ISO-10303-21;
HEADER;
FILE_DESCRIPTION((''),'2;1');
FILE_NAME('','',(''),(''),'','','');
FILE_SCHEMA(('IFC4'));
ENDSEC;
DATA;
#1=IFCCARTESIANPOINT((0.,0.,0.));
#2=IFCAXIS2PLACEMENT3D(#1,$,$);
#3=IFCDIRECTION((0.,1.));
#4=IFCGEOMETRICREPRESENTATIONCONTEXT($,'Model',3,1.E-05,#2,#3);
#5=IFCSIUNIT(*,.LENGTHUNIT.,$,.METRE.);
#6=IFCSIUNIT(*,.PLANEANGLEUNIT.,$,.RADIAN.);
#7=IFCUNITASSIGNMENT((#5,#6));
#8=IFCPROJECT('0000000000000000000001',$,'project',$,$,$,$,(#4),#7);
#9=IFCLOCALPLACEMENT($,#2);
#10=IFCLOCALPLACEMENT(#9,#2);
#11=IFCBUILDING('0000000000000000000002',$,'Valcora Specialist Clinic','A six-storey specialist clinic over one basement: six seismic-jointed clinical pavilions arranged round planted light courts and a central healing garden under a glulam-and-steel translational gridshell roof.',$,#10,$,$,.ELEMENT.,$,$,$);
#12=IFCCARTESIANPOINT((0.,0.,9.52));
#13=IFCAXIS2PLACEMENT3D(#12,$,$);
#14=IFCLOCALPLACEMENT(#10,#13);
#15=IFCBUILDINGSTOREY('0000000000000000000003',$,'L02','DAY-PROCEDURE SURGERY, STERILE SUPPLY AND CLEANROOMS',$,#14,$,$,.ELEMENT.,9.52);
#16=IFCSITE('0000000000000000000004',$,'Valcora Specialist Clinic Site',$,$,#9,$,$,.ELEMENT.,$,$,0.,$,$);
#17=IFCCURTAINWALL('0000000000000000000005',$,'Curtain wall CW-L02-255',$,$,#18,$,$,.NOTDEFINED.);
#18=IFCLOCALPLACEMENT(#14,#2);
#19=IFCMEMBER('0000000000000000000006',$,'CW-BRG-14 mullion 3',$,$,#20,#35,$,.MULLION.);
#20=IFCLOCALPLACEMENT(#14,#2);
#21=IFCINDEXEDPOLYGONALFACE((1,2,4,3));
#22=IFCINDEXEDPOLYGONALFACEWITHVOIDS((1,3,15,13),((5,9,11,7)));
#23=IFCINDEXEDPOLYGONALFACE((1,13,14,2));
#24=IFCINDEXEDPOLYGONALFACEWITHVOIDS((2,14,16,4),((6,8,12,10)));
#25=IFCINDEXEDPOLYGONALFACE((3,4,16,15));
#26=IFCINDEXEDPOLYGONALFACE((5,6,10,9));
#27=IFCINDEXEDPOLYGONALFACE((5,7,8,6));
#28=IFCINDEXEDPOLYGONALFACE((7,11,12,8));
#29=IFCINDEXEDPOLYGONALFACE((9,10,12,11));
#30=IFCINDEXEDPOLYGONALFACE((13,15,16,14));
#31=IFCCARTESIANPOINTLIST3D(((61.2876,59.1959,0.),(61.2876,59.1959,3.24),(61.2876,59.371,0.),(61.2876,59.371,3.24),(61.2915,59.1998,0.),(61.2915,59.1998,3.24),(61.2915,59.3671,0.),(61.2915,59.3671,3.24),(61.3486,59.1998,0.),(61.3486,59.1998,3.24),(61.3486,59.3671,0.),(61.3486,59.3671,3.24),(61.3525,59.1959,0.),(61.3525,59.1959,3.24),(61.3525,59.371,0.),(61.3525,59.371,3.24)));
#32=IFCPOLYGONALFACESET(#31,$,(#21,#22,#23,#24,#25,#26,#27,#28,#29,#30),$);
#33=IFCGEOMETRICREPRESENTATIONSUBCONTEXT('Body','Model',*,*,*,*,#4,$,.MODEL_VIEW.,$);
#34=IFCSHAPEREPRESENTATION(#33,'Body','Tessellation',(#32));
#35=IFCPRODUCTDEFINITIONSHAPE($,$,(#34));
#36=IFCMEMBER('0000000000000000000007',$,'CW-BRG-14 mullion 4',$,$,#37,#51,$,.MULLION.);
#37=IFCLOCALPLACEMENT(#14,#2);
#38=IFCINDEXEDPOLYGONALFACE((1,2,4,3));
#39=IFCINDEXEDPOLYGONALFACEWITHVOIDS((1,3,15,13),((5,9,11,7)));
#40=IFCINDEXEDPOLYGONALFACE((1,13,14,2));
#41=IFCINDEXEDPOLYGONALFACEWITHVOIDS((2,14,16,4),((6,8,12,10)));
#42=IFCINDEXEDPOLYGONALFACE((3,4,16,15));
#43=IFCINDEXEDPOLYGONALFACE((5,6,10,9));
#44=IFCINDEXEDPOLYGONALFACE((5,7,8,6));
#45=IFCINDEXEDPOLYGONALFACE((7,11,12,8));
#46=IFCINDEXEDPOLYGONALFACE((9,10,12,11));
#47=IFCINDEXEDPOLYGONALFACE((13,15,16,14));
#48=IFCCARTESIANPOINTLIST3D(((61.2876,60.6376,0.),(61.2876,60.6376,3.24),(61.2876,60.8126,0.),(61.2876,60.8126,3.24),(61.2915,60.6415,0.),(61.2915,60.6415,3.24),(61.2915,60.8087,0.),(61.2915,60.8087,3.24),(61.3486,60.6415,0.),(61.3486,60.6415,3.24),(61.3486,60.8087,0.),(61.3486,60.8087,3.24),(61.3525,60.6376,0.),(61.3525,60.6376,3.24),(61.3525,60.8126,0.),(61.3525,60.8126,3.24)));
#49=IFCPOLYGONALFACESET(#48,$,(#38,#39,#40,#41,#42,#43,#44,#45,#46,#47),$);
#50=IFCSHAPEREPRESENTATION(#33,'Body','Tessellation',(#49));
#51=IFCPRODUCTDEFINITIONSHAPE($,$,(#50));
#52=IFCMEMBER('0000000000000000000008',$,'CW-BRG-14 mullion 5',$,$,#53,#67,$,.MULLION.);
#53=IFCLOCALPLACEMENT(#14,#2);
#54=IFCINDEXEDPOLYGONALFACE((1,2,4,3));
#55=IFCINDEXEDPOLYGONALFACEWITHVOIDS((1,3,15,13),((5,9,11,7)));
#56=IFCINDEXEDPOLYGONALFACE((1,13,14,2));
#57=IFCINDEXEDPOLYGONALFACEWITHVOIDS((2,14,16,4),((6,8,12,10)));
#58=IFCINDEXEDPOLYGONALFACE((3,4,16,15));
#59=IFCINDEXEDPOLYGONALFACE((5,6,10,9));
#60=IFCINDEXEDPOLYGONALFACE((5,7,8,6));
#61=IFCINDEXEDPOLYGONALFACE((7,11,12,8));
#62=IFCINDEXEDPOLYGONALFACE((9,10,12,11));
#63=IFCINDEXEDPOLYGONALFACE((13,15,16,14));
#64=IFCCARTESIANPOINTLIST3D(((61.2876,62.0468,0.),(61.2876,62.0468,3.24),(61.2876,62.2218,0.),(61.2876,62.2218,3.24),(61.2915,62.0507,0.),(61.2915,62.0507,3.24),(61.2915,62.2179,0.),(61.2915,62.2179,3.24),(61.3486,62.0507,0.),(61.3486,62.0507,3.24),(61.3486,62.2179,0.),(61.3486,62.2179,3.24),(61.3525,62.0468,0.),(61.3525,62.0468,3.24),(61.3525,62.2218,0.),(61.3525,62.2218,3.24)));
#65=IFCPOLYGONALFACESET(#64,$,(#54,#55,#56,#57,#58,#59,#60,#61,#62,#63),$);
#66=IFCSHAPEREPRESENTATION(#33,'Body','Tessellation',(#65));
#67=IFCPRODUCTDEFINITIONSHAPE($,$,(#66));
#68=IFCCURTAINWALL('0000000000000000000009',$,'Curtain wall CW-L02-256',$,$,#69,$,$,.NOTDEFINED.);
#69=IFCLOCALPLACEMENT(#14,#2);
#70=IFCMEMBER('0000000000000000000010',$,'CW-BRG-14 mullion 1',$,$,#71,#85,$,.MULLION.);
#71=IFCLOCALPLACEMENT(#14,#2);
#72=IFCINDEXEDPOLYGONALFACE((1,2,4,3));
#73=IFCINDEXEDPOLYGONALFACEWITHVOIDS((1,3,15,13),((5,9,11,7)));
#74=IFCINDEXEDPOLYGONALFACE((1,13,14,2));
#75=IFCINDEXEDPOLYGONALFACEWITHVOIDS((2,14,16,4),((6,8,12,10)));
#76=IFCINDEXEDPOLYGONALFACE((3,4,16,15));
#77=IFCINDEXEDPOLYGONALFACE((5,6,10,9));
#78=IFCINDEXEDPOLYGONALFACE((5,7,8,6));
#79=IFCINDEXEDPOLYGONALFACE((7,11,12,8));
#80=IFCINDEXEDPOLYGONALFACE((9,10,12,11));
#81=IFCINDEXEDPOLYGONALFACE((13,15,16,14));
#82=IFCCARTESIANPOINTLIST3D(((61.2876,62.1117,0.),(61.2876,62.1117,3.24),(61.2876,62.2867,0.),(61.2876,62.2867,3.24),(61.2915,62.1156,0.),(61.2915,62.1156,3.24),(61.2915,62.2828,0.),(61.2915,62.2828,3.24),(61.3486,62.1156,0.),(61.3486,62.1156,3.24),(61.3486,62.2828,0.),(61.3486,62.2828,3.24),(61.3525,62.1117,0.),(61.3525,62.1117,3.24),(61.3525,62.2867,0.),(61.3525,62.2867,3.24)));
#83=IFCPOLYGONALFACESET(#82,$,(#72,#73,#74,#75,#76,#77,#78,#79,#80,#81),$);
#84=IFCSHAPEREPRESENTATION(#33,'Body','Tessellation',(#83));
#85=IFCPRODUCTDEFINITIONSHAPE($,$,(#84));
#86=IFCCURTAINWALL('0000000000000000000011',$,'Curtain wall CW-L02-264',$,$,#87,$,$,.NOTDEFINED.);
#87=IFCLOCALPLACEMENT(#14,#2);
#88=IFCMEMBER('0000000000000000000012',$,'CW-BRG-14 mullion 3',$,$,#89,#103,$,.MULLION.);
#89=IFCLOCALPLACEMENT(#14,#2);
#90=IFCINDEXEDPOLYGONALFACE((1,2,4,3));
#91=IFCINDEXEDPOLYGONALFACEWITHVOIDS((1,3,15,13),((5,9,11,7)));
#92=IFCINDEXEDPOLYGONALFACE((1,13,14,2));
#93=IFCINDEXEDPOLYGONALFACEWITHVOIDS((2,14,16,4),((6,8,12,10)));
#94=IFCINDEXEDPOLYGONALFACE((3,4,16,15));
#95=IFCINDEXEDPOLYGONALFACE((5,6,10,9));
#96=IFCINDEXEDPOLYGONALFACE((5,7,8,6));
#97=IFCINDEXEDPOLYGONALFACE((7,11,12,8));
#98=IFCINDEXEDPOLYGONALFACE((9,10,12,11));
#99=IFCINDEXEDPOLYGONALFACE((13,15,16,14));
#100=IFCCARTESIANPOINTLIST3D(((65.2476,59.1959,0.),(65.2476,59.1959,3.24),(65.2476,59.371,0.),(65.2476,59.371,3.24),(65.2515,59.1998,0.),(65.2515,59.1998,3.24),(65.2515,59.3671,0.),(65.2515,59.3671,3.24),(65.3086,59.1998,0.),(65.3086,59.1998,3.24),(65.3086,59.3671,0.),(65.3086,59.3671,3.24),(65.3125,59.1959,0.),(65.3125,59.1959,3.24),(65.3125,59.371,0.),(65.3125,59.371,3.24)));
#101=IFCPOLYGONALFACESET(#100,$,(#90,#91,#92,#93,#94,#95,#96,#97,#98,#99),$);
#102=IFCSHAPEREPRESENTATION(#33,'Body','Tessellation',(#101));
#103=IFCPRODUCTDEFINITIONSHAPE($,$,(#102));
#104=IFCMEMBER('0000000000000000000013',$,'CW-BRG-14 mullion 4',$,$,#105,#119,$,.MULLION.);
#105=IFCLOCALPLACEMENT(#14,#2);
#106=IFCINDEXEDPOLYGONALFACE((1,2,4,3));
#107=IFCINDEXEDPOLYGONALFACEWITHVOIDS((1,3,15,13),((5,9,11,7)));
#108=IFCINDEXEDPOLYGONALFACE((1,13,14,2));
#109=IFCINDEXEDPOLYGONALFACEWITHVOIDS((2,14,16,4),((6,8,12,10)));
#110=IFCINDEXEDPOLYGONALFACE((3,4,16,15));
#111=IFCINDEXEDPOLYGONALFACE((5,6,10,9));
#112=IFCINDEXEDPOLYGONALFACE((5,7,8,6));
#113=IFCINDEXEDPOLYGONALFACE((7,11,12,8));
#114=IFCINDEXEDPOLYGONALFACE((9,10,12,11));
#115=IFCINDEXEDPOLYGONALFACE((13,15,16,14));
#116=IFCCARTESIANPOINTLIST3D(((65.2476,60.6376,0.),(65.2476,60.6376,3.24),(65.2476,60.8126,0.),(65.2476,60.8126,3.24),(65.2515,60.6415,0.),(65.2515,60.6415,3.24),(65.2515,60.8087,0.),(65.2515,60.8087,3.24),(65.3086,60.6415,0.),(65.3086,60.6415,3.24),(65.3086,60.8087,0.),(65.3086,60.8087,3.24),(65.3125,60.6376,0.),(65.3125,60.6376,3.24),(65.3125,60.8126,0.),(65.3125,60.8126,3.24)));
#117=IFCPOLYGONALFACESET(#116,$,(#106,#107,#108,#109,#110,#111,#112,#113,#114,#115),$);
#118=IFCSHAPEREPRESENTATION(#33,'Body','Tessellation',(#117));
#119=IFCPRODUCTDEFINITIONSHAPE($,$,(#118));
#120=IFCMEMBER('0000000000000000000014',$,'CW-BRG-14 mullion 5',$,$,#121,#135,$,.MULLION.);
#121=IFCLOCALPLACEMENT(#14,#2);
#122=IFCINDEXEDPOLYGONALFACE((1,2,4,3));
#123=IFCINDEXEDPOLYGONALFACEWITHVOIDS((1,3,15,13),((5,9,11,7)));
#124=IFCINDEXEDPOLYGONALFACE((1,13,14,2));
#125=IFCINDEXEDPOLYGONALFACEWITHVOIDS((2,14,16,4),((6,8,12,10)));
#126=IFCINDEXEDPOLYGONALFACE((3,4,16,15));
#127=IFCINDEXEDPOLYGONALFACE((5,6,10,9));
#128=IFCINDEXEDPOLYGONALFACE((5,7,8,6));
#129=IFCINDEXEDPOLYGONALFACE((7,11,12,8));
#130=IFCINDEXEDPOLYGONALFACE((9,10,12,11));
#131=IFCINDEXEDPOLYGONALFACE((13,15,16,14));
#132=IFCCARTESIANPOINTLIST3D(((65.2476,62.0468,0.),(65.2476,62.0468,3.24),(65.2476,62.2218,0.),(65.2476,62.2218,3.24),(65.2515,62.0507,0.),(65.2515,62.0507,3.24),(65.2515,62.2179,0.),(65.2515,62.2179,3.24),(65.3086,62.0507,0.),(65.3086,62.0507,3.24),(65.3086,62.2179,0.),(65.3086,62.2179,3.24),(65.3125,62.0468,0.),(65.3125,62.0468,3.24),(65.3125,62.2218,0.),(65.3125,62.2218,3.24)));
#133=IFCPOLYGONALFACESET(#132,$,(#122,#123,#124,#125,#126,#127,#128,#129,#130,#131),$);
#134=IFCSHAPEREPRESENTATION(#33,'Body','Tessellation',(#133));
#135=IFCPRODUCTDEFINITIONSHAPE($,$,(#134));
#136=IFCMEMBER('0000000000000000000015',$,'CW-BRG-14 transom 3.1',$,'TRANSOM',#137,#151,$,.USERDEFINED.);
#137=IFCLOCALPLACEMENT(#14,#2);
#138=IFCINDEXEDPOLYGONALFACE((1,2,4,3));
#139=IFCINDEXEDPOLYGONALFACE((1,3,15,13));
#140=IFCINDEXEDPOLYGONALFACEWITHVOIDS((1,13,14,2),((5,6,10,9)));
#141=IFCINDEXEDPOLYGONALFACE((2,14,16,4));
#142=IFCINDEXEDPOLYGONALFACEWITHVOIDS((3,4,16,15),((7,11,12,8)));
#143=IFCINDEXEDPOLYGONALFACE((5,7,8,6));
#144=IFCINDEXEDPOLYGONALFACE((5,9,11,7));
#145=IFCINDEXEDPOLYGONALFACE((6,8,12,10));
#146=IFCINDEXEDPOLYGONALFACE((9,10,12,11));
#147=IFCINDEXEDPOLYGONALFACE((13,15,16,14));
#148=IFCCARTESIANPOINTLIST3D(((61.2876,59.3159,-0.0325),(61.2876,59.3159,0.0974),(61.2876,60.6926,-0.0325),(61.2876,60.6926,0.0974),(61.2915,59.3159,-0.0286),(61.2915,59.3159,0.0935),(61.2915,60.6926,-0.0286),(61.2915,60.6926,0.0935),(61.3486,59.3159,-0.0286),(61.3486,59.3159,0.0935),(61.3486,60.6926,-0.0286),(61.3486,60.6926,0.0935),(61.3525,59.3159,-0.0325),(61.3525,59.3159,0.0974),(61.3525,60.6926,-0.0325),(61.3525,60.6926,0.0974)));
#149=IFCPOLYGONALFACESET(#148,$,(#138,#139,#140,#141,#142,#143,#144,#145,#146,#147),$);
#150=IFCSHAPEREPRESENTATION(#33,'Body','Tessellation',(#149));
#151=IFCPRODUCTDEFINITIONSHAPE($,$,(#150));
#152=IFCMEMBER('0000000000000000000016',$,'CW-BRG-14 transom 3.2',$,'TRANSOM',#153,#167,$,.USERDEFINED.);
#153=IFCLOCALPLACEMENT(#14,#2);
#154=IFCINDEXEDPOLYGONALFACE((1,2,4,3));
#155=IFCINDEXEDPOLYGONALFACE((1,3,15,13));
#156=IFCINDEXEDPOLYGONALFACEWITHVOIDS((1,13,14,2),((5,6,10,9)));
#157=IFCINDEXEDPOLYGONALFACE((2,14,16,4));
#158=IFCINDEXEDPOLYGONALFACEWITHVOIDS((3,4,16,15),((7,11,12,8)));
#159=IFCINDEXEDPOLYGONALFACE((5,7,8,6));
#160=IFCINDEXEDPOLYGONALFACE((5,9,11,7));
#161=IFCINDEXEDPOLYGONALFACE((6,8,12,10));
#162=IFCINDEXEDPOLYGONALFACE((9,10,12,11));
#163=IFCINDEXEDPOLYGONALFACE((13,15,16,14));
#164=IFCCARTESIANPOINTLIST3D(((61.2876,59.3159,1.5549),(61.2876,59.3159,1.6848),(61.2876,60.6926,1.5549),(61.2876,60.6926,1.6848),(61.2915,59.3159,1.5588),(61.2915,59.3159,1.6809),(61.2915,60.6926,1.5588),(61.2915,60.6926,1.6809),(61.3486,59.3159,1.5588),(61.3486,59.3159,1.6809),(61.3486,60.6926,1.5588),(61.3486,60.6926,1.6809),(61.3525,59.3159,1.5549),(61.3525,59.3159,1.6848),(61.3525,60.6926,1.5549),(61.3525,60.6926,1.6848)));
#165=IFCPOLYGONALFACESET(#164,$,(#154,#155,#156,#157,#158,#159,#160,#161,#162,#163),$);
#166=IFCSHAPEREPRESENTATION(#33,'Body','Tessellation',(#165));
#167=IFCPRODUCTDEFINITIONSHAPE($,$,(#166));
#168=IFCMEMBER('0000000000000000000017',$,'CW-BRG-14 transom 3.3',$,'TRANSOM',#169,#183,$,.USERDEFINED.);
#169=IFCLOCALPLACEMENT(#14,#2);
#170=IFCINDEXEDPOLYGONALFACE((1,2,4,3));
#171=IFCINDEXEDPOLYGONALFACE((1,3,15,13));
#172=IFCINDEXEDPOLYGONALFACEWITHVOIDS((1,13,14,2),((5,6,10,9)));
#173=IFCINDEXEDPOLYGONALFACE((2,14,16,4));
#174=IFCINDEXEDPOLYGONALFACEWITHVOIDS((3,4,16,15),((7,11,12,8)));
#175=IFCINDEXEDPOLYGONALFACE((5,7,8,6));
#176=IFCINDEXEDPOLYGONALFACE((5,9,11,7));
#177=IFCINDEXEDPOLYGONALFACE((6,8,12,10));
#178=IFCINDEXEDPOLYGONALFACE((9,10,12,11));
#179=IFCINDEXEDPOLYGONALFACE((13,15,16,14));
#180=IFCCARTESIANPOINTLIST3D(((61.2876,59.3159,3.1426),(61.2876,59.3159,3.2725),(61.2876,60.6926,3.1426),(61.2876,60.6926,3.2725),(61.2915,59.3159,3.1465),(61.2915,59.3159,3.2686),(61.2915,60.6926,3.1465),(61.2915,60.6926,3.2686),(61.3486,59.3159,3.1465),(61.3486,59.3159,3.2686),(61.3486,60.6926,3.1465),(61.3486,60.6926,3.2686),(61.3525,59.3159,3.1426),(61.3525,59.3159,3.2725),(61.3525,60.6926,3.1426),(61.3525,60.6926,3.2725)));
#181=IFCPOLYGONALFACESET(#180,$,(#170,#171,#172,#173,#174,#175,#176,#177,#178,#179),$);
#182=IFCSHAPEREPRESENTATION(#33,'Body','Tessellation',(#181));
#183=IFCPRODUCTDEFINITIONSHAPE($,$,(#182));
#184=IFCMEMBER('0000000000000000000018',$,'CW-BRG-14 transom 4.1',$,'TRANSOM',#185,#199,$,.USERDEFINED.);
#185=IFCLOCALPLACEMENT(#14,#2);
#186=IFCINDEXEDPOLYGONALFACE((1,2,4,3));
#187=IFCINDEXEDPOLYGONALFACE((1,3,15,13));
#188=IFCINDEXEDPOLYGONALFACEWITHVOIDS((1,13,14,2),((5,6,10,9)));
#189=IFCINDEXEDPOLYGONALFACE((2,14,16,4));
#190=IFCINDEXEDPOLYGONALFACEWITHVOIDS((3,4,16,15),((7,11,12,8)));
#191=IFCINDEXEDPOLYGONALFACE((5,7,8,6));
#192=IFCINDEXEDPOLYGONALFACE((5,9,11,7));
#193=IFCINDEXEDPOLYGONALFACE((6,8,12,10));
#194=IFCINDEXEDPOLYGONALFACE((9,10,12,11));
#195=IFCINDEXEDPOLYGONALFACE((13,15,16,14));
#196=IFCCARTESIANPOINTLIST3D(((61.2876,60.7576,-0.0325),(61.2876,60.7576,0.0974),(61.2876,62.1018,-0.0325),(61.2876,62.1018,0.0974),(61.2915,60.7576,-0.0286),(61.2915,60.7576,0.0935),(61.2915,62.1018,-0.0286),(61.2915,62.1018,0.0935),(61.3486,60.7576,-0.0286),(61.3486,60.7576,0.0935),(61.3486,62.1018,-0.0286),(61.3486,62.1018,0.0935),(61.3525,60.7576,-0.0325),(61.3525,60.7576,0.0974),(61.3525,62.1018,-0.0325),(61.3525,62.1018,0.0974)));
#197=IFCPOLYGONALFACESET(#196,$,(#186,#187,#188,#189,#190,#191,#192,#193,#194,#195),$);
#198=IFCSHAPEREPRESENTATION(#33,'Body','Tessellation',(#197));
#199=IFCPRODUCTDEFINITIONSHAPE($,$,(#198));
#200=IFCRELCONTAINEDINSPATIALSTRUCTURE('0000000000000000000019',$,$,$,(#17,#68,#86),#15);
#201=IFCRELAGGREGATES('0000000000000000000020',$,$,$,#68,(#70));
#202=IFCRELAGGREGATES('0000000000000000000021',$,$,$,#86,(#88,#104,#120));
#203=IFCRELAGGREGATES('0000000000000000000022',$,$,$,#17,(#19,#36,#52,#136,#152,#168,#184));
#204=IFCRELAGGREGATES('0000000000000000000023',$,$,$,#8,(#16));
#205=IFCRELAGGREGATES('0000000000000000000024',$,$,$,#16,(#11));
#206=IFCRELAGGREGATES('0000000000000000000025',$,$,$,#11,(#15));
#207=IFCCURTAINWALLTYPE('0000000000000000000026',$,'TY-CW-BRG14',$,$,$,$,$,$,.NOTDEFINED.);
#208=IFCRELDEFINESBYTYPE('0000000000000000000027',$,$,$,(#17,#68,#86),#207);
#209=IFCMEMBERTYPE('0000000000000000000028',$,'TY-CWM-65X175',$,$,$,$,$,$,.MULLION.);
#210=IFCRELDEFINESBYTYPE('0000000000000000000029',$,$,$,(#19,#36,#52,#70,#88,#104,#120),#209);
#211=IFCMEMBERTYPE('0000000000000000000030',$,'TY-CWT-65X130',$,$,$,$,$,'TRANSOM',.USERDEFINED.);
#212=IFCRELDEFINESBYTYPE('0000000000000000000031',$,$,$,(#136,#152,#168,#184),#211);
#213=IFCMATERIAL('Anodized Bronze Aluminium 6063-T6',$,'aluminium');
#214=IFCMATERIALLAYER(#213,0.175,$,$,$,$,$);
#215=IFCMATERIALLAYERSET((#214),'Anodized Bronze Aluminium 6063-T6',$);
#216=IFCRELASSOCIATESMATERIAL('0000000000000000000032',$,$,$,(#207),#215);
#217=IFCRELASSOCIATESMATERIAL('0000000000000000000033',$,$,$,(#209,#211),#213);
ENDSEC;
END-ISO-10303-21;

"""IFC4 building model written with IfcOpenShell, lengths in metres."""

from ifc_helpers import new_model, si_unit, direction, frame, origin, origin_2d, place, context, subcontext, project, spatial, hollow_rectangle, extrude, material, layer, layer_set, material_profile, profile_set, type_object, element, aggregate, save


model = new_model("IFC4")

# Units and contexts
model_context = context("Model", 3, precision=1e-05, world=origin(), true_north=direction((0.0, 1.0)))
body_context = subcontext(model_context, "Body", "Model", "MODEL_VIEW")
ifc_project = project(units=[si_unit("LENGTHUNIT", "METRE"), si_unit("PLANEANGLEUNIT", "RADIAN")], contexts=[model_context])

# Site, building, storey
site_placement = place(None, origin())
site = spatial("IfcSite", under=ifc_project, at=site_placement, Name="Valcora Specialist Clinic Site", CompositionType="ELEMENT", RefElevation=0.0)
building_placement = place(site_placement, origin())
building = spatial("IfcBuilding", under=site, at=building_placement, Name="Valcora Specialist Clinic", Description="A six-storey specialist clinic over one basement: six seismic-jointed clinical pavilions arranged round planted light courts and a central healing garden under a glulam-and-steel translational gridshell roof.", CompositionType="ELEMENT")
storey_placement = place(building_placement, frame((0.0, 0.0, 9.52)))
storey = spatial("IfcBuildingStorey", under=building, at=storey_placement, Name="L02", Description="DAY-PROCEDURE SURGERY, STERILE SUPPLY AND CLEANROOMS", CompositionType="ELEMENT", Elevation=9.52)

# Curtain wall, members
ifc_material_1 = material(Name="Anodized Bronze Aluminium 6063-T6", Category="aluminium")
ifc_layer_1 = layer(ifc_material_1, 0.175)
ifc_layer_set_1 = layer_set([ifc_layer_1], Name="Anodized Bronze Aluminium 6063-T6")
curtain_wall_type = type_object("IfcCurtainWallType", Name="TY-CW-BRG14", PredefinedType="NOTDEFINED", material=ifc_layer_set_1)
curtain_wall_1_placement = place(storey_placement, origin())
curtain_wall_1 = element("IfcCurtainWall", 1, at=curtain_wall_1_placement, inside=storey, type_object=curtain_wall_type, Name="Curtain wall CW-L02-255", PredefinedType="NOTDEFINED")
ifc_material_profile_1 = material_profile(ifc_material_1, hollow_rectangle(XDim=0.0649, YDim=0.175, WallThickness=0.0039, at=origin_2d()), Name="AL-MUL-65X175")
ifc_profile_set_1 = profile_set([ifc_material_profile_1], Name="Anodized Bronze Aluminium 6063-T6")
member_type_1 = type_object("IfcMemberType", Name="TY-CWM-65X175", PredefinedType="MULLION", material=ifc_profile_set_1)
member_1_placement = place(storey_placement, frame((61.3201, 59.2834, 0.0), z_axis=(0.0, 0.0, 1.0), x_axis=(-1.0, 0.0, 0.0)))
member_1 = element("IfcMember", 2, at=member_1_placement, type_object=member_type_1, Name="CW-BRG-14 mullion 3", PredefinedType="MULLION", context=body_context, shape_type="SweptSolid", body=[
    extrude(hollow_rectangle(XDim=0.0649, YDim=0.175, WallThickness=0.0039, at=origin_2d()), origin(), (0.0, 0.0, 1.0), 3.24),
])
member_2_placement = place(storey_placement, frame((61.3201, 60.7251, 0.0), z_axis=(0.0, 0.0, 1.0), x_axis=(-1.0, 0.0, 0.0)))
member_2 = element("IfcMember", 3, at=member_2_placement, type_object=member_type_1, Name="CW-BRG-14 mullion 4", PredefinedType="MULLION", context=body_context, shape_type="SweptSolid", body=[
    extrude(hollow_rectangle(XDim=0.0649, YDim=0.175, WallThickness=0.0039, at=origin_2d()), origin(), (0.0, 0.0, 1.0), 3.24),
])
member_3_placement = place(storey_placement, frame((61.3201, 62.1343, 0.0), z_axis=(0.0, 0.0, 1.0), x_axis=(-1.0, 0.0, 0.0)))
member_3 = element("IfcMember", 4, at=member_3_placement, type_object=member_type_1, Name="CW-BRG-14 mullion 5", PredefinedType="MULLION", context=body_context, shape_type="SweptSolid", body=[
    extrude(hollow_rectangle(XDim=0.0649, YDim=0.175, WallThickness=0.0039, at=origin_2d()), origin(), (0.0, 0.0, 1.0), 3.24),
])

# Curtain wall, member
curtain_wall_2_placement = place(storey_placement, origin())
curtain_wall_2 = element("IfcCurtainWall", 5, at=curtain_wall_2_placement, inside=storey, type_object=curtain_wall_type, Name="Curtain wall CW-L02-256", PredefinedType="NOTDEFINED")
member_4_placement = place(storey_placement, frame((61.3201, 62.1992, 0.0), z_axis=(0.0, 0.0, 1.0), x_axis=(-1.0, 0.0, 0.0)))
member_4 = element("IfcMember", 6, at=member_4_placement, type_object=member_type_1, Name="CW-BRG-14 mullion 1", PredefinedType="MULLION", context=body_context, shape_type="SweptSolid", body=[
    extrude(hollow_rectangle(XDim=0.0649, YDim=0.175, WallThickness=0.0039, at=origin_2d()), origin(), (0.0, 0.0, 1.0), 3.24),
])
aggregate(curtain_wall_2, [member_4])

# Curtain wall, members
curtain_wall_3_placement = place(storey_placement, origin())
curtain_wall_3 = element("IfcCurtainWall", 7, at=curtain_wall_3_placement, inside=storey, type_object=curtain_wall_type, Name="Curtain wall CW-L02-264", PredefinedType="NOTDEFINED")
member_5_placement = place(storey_placement, frame((65.28, 59.2834, 0.0), z_axis=(0.0, 0.0, 1.0), x_axis=(-1.0, 0.0, 0.0)))
member_5 = element("IfcMember", 8, at=member_5_placement, type_object=member_type_1, Name="CW-BRG-14 mullion 3", PredefinedType="MULLION", context=body_context, shape_type="SweptSolid", body=[
    extrude(hollow_rectangle(XDim=0.0649, YDim=0.175, WallThickness=0.0039, at=origin_2d()), origin(), (0.0, 0.0, 1.0), 3.24),
])
member_6_placement = place(storey_placement, frame((65.28, 60.7251, 0.0), z_axis=(0.0, 0.0, 1.0), x_axis=(-1.0, 0.0, 0.0)))
member_6 = element("IfcMember", 9, at=member_6_placement, type_object=member_type_1, Name="CW-BRG-14 mullion 4", PredefinedType="MULLION", context=body_context, shape_type="SweptSolid", body=[
    extrude(hollow_rectangle(XDim=0.0649, YDim=0.175, WallThickness=0.0039, at=origin_2d()), origin(), (0.0, 0.0, 1.0), 3.24),
])
member_7_placement = place(storey_placement, frame((65.28, 62.1343, 0.0), z_axis=(0.0, 0.0, 1.0), x_axis=(-1.0, 0.0, 0.0)))
member_7 = element("IfcMember", 10, at=member_7_placement, type_object=member_type_1, Name="CW-BRG-14 mullion 5", PredefinedType="MULLION", context=body_context, shape_type="SweptSolid", body=[
    extrude(hollow_rectangle(XDim=0.0649, YDim=0.175, WallThickness=0.0039, at=origin_2d()), origin(), (0.0, 0.0, 1.0), 3.24),
])

# Members
ifc_material_profile_2 = material_profile(ifc_material_1, hollow_rectangle(XDim=0.0649, YDim=0.1299, WallThickness=0.0039, at=origin_2d()), Name="AL-TRN-65X130")
ifc_profile_set_2 = profile_set([ifc_material_profile_2], Name="Anodized Bronze Aluminium 6063-T6")
member_type_2 = type_object("IfcMemberType", Name="TY-CWT-65X130", ElementType="TRANSOM", PredefinedType="USERDEFINED", material=ifc_profile_set_2)
member_8_placement = place(storey_placement, frame((61.3201, 59.3159, 0.0325), z_axis=(0.0, 1.0, 0.0), x_axis=(-1.0, 0.0, 0.0)))
member_8 = element("IfcMember", 11, at=member_8_placement, type_object=member_type_2, Name="CW-BRG-14 transom 3.1", ObjectType="TRANSOM", PredefinedType="USERDEFINED", context=body_context, shape_type="SweptSolid", body=[
    extrude(hollow_rectangle(XDim=0.0649, YDim=0.1299, WallThickness=0.0039, at=origin_2d()), origin(), (0.0, 0.0, 1.0), 1.3767),
])
member_9_placement = place(storey_placement, frame((61.3201, 59.3159, 1.6199), z_axis=(0.0, 1.0, 0.0), x_axis=(-1.0, 0.0, 0.0)))
member_9 = element("IfcMember", 12, at=member_9_placement, type_object=member_type_2, Name="CW-BRG-14 transom 3.2", ObjectType="TRANSOM", PredefinedType="USERDEFINED", context=body_context, shape_type="SweptSolid", body=[
    extrude(hollow_rectangle(XDim=0.0649, YDim=0.1299, WallThickness=0.0039, at=origin_2d()), origin(), (0.0, 0.0, 1.0), 1.3767),
])
member_10_placement = place(storey_placement, frame((61.3201, 59.3159, 3.2075), z_axis=(0.0, 1.0, 0.0), x_axis=(-1.0, 0.0, 0.0)))
member_10 = element("IfcMember", 13, at=member_10_placement, type_object=member_type_2, Name="CW-BRG-14 transom 3.3", ObjectType="TRANSOM", PredefinedType="USERDEFINED", context=body_context, shape_type="SweptSolid", body=[
    extrude(hollow_rectangle(XDim=0.0649, YDim=0.1299, WallThickness=0.0039, at=origin_2d()), origin(), (0.0, 0.0, 1.0), 1.3767),
])
member_11_placement = place(storey_placement, frame((61.3201, 60.7576, 0.0325), z_axis=(0.0, 1.0, 0.0), x_axis=(-1.0, 0.0, 0.0)))
member_11 = element("IfcMember", 14, at=member_11_placement, type_object=member_type_2, Name="CW-BRG-14 transom 4.1", ObjectType="TRANSOM", PredefinedType="USERDEFINED", context=body_context, shape_type="SweptSolid", body=[
    extrude(hollow_rectangle(XDim=0.0649, YDim=0.1299, WallThickness=0.0039, at=origin_2d()), origin(), (0.0, 0.0, 1.0), 1.3442),
])

aggregate(curtain_wall_3, [member_5, member_6, member_7])
aggregate(curtain_wall_1, [member_1, member_2, member_3, member_8, member_9, member_10, member_11])

save(model, "model.ifc")
